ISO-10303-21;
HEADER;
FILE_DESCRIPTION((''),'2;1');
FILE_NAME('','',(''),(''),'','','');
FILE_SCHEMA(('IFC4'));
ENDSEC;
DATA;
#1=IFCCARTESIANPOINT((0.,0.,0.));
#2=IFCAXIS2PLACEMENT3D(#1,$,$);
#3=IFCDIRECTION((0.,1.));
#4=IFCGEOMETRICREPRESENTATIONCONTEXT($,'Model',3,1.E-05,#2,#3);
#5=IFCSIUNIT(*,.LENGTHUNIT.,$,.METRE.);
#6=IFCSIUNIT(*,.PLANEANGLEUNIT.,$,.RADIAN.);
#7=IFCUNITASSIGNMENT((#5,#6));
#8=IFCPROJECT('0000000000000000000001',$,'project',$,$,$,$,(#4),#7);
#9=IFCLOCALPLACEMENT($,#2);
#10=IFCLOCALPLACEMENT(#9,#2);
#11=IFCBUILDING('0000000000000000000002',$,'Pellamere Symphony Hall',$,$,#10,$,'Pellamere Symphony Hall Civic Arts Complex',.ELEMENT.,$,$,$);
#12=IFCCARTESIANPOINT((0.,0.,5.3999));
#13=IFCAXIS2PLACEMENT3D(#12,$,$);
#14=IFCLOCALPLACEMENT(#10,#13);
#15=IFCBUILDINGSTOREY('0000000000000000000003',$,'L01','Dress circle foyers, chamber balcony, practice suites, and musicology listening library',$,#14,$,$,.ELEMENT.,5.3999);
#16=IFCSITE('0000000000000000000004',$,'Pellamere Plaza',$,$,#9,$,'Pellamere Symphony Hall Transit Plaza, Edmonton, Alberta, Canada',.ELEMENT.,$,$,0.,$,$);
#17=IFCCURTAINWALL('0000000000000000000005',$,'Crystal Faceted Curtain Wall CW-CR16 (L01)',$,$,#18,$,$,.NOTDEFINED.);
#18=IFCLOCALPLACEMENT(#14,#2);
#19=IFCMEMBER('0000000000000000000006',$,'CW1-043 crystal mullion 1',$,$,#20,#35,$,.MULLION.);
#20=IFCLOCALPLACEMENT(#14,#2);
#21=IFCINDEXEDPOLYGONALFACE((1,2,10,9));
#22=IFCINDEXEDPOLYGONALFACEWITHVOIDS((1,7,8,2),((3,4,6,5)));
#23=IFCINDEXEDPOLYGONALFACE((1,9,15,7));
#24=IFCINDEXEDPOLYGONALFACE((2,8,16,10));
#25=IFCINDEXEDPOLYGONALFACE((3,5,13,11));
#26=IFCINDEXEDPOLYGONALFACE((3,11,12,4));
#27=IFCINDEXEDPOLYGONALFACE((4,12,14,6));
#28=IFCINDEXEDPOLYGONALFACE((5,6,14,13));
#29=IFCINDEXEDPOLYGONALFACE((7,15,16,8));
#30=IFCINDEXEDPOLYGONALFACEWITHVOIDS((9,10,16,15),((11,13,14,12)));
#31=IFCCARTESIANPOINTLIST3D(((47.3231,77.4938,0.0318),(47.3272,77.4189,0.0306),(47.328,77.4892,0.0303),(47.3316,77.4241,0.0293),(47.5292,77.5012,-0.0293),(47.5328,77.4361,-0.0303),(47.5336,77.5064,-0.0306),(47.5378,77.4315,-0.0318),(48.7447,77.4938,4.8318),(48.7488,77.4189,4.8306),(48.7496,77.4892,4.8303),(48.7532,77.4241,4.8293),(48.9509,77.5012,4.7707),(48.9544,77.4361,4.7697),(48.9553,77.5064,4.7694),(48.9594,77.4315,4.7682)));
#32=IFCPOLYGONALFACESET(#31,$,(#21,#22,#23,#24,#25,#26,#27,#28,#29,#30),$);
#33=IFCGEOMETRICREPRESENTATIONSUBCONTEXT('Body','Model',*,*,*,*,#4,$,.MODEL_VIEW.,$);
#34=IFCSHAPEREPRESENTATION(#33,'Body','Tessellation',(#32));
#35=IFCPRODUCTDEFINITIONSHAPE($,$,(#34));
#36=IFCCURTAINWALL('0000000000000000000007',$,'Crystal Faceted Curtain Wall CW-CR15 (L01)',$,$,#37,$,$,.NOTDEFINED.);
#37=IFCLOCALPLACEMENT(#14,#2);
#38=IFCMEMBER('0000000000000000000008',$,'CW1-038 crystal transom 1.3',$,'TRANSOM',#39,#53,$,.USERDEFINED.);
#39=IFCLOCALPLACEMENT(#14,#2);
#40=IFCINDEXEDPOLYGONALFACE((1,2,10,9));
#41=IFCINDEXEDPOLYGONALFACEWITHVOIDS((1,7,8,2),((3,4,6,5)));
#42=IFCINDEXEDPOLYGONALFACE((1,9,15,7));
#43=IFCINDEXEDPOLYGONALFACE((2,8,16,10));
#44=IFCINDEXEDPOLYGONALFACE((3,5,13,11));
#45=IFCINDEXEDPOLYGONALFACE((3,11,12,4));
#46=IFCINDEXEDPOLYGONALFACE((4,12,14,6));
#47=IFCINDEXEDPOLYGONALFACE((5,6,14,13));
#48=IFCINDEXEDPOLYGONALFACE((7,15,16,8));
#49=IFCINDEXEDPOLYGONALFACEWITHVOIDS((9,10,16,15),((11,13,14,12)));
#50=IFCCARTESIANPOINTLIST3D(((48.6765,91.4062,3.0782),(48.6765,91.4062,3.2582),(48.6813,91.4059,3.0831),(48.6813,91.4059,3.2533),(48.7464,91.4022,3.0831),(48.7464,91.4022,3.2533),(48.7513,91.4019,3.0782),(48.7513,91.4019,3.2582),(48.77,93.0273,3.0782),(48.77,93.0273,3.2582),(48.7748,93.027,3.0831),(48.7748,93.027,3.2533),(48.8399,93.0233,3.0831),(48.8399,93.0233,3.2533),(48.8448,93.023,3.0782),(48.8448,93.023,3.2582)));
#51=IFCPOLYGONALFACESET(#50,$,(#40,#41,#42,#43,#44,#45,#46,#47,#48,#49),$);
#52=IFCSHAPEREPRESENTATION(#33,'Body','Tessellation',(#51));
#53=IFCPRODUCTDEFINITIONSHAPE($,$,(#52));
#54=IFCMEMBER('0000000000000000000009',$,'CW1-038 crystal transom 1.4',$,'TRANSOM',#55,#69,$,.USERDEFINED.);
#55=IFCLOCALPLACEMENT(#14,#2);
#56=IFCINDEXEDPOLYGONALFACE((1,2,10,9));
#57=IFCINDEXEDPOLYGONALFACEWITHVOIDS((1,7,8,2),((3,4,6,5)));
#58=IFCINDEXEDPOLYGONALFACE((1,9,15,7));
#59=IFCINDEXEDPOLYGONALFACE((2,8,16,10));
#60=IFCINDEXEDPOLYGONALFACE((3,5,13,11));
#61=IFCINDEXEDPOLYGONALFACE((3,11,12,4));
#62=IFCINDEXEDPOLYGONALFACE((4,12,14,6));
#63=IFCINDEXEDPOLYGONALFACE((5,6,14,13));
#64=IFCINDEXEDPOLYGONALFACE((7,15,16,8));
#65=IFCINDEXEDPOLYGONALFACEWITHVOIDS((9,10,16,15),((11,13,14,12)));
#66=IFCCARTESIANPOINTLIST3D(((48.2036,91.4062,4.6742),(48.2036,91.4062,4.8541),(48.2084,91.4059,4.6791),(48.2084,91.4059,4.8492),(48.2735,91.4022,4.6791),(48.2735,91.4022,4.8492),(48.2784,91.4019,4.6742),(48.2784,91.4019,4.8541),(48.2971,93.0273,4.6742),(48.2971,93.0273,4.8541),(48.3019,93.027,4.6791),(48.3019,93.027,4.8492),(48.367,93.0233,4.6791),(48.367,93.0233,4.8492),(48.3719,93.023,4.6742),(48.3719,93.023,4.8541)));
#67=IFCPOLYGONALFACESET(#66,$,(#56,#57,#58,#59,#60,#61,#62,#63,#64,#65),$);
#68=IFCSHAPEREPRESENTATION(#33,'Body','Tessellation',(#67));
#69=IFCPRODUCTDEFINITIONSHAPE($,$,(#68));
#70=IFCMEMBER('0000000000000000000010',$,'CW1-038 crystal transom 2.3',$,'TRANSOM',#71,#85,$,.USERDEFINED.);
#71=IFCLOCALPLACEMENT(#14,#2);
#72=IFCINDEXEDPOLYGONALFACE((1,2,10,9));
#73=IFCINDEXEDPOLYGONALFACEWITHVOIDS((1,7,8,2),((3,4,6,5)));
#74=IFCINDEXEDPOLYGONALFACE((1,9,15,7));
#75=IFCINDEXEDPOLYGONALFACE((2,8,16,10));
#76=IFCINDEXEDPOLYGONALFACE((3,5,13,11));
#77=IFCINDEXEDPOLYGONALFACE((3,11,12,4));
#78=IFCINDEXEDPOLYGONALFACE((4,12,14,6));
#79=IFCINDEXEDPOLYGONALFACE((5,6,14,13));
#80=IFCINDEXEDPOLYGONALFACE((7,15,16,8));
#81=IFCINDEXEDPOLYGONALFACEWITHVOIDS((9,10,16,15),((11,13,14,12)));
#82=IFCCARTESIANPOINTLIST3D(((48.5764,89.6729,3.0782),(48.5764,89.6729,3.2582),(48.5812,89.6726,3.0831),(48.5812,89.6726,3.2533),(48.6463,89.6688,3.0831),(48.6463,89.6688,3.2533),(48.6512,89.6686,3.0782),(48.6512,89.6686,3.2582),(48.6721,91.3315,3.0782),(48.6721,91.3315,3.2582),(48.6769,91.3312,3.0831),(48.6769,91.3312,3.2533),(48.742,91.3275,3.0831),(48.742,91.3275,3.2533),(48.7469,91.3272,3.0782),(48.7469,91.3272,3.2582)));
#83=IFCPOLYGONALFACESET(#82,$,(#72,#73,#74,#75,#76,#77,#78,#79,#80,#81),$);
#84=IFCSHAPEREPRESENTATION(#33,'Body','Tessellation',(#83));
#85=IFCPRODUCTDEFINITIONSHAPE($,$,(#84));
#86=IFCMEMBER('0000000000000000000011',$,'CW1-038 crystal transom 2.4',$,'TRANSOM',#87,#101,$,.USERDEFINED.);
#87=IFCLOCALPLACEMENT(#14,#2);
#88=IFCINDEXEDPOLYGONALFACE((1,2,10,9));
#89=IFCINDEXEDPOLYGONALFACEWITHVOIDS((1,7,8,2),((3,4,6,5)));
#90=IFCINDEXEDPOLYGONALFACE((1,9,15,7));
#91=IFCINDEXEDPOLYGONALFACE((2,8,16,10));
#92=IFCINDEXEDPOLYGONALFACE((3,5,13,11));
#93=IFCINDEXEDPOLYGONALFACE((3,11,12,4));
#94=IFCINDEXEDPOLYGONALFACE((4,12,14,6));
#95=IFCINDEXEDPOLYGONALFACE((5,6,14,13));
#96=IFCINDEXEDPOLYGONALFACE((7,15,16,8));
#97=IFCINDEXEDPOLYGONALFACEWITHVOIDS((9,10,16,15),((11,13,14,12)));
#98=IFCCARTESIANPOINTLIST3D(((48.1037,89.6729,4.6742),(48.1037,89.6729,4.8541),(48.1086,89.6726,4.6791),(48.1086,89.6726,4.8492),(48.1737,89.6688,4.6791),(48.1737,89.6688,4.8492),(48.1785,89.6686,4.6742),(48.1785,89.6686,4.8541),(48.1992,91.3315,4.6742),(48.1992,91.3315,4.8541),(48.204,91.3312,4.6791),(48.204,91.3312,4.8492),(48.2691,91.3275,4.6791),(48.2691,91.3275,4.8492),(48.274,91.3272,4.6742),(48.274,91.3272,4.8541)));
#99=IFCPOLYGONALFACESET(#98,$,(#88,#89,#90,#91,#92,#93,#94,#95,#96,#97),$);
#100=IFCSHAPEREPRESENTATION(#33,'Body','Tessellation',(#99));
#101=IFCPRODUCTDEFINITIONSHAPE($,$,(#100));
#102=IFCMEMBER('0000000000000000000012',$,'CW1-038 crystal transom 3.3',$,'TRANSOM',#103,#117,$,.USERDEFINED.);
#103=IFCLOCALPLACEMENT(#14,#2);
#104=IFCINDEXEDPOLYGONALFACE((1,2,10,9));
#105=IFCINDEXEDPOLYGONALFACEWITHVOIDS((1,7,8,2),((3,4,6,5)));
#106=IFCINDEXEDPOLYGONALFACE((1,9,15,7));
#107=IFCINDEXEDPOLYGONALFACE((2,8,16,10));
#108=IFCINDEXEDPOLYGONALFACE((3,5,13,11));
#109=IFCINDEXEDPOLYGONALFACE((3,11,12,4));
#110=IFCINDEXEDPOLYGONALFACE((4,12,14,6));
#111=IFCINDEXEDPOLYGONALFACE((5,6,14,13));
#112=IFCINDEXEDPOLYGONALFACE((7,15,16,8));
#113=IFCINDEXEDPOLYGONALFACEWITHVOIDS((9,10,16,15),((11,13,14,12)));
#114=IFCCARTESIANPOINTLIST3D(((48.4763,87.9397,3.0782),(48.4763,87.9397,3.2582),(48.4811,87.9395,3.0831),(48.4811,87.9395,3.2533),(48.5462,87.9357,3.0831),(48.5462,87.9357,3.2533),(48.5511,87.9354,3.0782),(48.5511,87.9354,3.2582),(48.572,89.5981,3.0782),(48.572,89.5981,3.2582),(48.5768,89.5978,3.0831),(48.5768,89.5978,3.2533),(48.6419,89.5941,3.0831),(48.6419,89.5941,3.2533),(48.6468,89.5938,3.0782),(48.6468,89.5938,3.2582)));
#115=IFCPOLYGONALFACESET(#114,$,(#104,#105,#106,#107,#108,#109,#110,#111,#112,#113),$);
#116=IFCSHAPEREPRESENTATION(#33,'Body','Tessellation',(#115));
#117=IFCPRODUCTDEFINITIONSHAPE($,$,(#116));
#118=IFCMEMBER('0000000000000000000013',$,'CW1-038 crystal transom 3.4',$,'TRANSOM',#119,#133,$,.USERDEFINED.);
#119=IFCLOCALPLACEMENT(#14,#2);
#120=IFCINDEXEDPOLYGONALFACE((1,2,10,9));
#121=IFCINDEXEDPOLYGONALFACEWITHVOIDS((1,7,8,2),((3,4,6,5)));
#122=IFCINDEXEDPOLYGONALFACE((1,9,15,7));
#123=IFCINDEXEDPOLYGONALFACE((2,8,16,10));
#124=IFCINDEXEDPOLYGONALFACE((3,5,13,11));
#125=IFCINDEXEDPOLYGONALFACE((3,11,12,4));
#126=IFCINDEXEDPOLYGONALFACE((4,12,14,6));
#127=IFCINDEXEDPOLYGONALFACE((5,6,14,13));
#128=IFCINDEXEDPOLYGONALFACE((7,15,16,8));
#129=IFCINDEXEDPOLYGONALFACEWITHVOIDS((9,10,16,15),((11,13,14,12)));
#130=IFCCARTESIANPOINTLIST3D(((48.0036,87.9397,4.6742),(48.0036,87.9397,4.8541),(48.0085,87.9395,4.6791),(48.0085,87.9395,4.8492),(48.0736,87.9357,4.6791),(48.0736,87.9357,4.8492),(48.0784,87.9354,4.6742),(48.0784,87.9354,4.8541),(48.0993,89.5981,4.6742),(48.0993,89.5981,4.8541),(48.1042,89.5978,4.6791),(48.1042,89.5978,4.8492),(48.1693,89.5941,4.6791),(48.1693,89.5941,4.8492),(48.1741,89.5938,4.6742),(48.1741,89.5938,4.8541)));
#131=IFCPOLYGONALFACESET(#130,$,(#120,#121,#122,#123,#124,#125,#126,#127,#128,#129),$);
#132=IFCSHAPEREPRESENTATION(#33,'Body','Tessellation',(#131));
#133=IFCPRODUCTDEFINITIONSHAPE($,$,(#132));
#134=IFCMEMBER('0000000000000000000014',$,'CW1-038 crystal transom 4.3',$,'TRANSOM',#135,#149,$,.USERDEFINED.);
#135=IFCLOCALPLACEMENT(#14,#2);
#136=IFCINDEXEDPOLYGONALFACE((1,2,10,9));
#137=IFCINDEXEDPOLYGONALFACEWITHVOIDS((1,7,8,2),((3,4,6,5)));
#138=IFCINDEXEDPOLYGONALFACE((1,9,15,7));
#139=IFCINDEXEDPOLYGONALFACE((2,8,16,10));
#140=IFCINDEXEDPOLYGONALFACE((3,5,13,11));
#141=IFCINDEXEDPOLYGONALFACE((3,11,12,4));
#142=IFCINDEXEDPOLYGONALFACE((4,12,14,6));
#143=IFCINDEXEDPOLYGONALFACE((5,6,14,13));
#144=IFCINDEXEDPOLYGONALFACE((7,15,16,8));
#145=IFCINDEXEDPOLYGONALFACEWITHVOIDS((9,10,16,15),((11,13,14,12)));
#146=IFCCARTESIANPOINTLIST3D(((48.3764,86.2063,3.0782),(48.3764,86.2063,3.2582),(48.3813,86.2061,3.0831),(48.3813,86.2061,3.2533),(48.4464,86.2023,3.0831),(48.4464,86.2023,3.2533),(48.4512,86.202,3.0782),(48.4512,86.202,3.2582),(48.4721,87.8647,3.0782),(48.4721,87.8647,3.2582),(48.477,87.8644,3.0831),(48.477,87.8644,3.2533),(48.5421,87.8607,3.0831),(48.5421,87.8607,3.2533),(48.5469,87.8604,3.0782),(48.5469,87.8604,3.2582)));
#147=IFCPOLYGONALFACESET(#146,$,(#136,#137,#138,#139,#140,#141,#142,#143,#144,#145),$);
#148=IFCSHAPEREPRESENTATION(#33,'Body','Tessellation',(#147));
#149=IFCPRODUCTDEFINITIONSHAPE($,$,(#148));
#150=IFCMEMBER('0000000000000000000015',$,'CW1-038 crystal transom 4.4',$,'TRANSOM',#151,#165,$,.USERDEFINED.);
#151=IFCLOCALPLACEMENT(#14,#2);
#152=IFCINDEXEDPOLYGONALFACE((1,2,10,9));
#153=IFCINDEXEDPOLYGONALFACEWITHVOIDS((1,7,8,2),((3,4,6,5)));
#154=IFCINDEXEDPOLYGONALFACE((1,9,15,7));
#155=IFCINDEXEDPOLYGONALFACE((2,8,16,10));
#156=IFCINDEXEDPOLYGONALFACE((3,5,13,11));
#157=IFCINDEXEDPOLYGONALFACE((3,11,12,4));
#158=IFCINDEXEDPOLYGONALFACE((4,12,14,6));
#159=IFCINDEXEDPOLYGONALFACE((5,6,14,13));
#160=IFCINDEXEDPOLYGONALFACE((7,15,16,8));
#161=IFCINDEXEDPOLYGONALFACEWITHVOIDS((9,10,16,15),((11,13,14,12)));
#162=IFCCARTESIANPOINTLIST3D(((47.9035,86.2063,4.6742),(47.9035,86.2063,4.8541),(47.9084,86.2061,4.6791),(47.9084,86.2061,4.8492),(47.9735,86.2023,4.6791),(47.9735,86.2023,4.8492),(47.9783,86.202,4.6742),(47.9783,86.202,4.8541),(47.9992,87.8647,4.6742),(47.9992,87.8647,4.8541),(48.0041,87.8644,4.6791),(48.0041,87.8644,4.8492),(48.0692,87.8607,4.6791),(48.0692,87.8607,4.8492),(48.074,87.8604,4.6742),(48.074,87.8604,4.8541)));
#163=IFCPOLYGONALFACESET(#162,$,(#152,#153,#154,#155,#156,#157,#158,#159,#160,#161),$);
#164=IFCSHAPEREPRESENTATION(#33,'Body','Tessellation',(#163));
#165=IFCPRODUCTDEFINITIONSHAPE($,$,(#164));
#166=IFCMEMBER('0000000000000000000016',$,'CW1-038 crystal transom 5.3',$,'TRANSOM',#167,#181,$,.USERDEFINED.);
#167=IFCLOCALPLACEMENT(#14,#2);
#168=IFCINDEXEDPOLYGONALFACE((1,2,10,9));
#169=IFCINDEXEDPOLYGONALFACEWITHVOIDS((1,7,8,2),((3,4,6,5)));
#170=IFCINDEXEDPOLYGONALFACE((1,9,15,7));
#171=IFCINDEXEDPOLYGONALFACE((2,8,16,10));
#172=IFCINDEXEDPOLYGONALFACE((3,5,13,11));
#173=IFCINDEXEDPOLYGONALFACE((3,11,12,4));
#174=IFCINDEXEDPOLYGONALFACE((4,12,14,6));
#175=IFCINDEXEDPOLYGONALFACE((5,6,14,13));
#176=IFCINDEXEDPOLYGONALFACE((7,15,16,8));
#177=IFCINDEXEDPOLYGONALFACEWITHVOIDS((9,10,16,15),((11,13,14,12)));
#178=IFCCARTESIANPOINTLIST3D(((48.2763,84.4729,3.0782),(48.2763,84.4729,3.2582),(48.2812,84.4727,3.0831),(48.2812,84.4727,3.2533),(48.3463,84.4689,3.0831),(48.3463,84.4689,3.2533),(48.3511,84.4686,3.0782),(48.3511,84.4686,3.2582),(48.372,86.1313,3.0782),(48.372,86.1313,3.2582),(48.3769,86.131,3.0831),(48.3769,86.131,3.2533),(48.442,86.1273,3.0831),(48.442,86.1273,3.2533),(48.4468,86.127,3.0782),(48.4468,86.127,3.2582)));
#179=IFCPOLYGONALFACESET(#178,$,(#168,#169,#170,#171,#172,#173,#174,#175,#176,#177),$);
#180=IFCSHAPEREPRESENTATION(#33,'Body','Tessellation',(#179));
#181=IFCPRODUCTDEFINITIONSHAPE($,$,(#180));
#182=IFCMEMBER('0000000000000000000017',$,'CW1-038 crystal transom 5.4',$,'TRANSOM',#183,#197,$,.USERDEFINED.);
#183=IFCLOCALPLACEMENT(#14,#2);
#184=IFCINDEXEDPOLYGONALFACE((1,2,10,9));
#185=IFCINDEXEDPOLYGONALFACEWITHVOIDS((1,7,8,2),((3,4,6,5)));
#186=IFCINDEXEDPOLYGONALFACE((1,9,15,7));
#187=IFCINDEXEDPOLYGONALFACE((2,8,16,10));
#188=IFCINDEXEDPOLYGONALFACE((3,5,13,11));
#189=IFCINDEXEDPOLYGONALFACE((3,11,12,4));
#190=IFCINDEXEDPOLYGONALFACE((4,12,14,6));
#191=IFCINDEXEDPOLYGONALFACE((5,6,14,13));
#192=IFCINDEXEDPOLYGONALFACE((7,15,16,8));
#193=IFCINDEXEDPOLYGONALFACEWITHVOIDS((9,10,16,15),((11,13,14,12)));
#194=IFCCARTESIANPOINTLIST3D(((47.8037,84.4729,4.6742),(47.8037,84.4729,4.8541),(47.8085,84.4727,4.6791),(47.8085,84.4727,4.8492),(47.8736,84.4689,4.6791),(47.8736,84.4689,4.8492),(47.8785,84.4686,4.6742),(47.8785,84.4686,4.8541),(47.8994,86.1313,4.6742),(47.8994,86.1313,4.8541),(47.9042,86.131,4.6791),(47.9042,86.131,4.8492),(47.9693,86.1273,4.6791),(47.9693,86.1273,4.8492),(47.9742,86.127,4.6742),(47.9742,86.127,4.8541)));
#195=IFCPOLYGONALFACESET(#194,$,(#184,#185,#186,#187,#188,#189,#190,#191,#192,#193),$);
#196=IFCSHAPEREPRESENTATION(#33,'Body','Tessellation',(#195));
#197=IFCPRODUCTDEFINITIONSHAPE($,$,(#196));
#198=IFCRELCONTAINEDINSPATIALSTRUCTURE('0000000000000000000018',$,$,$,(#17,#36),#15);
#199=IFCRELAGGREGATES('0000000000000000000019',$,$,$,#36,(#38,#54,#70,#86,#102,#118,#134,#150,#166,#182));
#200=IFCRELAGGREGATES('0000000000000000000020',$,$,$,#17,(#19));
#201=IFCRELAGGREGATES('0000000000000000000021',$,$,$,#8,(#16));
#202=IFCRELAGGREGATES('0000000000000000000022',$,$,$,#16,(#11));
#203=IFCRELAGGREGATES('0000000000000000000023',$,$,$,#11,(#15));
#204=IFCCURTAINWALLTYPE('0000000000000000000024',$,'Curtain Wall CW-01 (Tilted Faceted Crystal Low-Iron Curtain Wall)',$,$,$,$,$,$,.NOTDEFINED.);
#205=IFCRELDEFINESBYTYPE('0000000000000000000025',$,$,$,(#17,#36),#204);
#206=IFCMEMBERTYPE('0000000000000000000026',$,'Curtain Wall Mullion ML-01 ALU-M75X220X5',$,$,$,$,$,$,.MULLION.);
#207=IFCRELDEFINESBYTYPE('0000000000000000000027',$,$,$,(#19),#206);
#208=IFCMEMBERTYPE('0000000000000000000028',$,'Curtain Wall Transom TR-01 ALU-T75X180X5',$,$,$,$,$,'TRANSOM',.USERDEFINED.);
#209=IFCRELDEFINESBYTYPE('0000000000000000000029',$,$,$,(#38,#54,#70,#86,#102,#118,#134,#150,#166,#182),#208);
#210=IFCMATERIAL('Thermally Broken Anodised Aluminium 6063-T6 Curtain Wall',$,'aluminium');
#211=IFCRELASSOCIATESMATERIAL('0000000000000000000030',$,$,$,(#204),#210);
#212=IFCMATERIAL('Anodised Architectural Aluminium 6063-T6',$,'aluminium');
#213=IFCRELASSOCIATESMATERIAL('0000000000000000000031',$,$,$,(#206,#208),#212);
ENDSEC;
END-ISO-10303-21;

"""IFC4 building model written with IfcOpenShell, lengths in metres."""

from ifc_helpers import new_model, si_unit, direction, frame, origin, origin_2d, place, context, subcontext, project, spatial, hollow_rectangle, extrude, material, material_profile, profile_set, type_object, element, aggregate, save


model = new_model("IFC4")

# Units and contexts
model_context = context("Model", 3, precision=1e-05, world=origin(), true_north=direction((0.0, 1.0)))
body_context = subcontext(model_context, "Body", "Model", "MODEL_VIEW")
ifc_project = project(units=[si_unit("LENGTHUNIT", "METRE"), si_unit("PLANEANGLEUNIT", "RADIAN")], contexts=[model_context])

# Site, building, storey
site_placement = place(None, origin())
site = spatial("IfcSite", under=ifc_project, at=site_placement, Name="Pellamere Plaza", LongName="Pellamere Symphony Hall Transit Plaza, Edmonton, Alberta, Canada", CompositionType="ELEMENT", RefElevation=0.0)
building_placement = place(site_placement, origin())
building = spatial("IfcBuilding", under=site, at=building_placement, Name="Pellamere Symphony Hall", LongName="Pellamere Symphony Hall Civic Arts Complex", CompositionType="ELEMENT")
storey_placement = place(building_placement, frame((0.0, 0.0, 5.3999)))
storey = spatial("IfcBuildingStorey", under=building, at=storey_placement, Name="L01", Description="Dress circle foyers, chamber balcony, practice suites, and musicology listening library", CompositionType="ELEMENT", Elevation=5.3999)

# Curtain wall, member
ifc_material_1 = material(Name="Thermally Broken Anodised Aluminium 6063-T6 Curtain Wall", Category="aluminium")
curtain_wall_type = type_object("IfcCurtainWallType", Name="Curtain Wall CW-01 (Tilted Faceted Crystal Low-Iron Curtain Wall)", PredefinedType="NOTDEFINED", material=ifc_material_1)
curtain_wall_1_placement = place(storey_placement, origin())
curtain_wall_1 = element("IfcCurtainWall", 1, at=curtain_wall_1_placement, inside=storey, type_object=curtain_wall_type, Name="Crystal Faceted Curtain Wall CW-CR16 (L01)", PredefinedType="NOTDEFINED")
ifc_material_2 = material(Name="Anodised Architectural Aluminium 6063-T6", Category="aluminium")
ifc_material_profile_1 = material_profile(ifc_material_2, hollow_rectangle(XDim=0.075, YDim=0.22, WallThickness=0.0049, at=origin_2d()), Name="ALU-M75X220X5")
ifc_profile_set_1 = profile_set([ifc_material_profile_1], Name="Anodised Architectural Aluminium 6063-T6")
member_type_1 = type_object("IfcMemberType", Name="Curtain Wall Mullion ML-01 ALU-M75X220X5", PredefinedType="MULLION", material=ifc_profile_set_1)
member_1_placement = place(storey_placement, frame((47.4304, 77.4626, 0.0), z_axis=(0.283977, 0.0, 0.958831), x_axis=(-0.054875, 0.998361, 0.016252)))
member_1 = element("IfcMember", 2, at=member_1_placement, type_object=member_type_1, Name="CW1-043 crystal mullion 1", PredefinedType="MULLION", context=body_context, shape_type="SweptSolid", body=[
    extrude(hollow_rectangle(XDim=0.075, YDim=0.22, WallThickness=0.0049, at=origin_2d()), origin(), (0.0, 0.0, 1.0), 5.0061),
])

# Curtain wall, members
curtain_wall_2_placement = place(storey_placement, origin())
curtain_wall_2 = element("IfcCurtainWall", 3, at=curtain_wall_2_placement, inside=storey, type_object=curtain_wall_type, Name="Crystal Faceted Curtain Wall CW-CR15 (L01)", PredefinedType="NOTDEFINED")
ifc_material_profile_2 = material_profile(ifc_material_2, hollow_rectangle(XDim=0.075, YDim=0.1799, WallThickness=0.0049, at=origin_2d()), Name="ALU-T75X180X5")
ifc_profile_set_2 = profile_set([ifc_material_profile_2], Name="Anodised Architectural Aluminium 6063-T6")
member_type_2 = type_object("IfcMemberType", Name="Curtain Wall Transom TR-01 ALU-T75X180X5", ElementType="TRANSOM", PredefinedType="USERDEFINED", material=ifc_profile_set_2)
member_2_placement = place(storey_placement, frame((48.8074, 93.0251, 3.1682), z_axis=(-0.057585, -0.998341, 0.0), x_axis=(0.998341, -0.057585, 0.0)))
member_2 = element("IfcMember", 4, at=member_2_placement, type_object=member_type_2, Name="CW1-038 crystal transom 1.3", ObjectType="TRANSOM", PredefinedType="USERDEFINED", context=body_context, shape_type="SweptSolid", body=[
    extrude(hollow_rectangle(XDim=0.075, YDim=0.1799, WallThickness=0.0049, at=origin_2d()), origin(), (0.0, 0.0, 1.0), 1.6238),
])
member_3_placement = place(storey_placement, frame((48.3345, 93.0251, 4.7642), z_axis=(-0.057585, -0.998341, 0.0), x_axis=(0.998341, -0.057585, 0.0)))
member_3 = element("IfcMember", 5, at=member_3_placement, type_object=member_type_2, Name="CW1-038 crystal transom 1.4", ObjectType="TRANSOM", PredefinedType="USERDEFINED", context=body_context, shape_type="SweptSolid", body=[
    extrude(hollow_rectangle(XDim=0.075, YDim=0.1799, WallThickness=0.0049, at=origin_2d()), origin(), (0.0, 0.0, 1.0), 1.6238),
])
member_4_placement = place(storey_placement, frame((48.7095, 91.3293, 3.1682), z_axis=(-0.057602, -0.99834, 0.0), x_axis=(0.99834, -0.057602, 0.0)))
member_4 = element("IfcMember", 6, at=member_4_placement, type_object=member_type_2, Name="CW1-038 crystal transom 2.3", ObjectType="TRANSOM", PredefinedType="USERDEFINED", context=body_context, shape_type="SweptSolid", body=[
    extrude(hollow_rectangle(XDim=0.075, YDim=0.1799, WallThickness=0.0049, at=origin_2d()), origin(), (0.0, 0.0, 1.0), 1.6614),
])
member_5_placement = place(storey_placement, frame((48.2366, 91.3293, 4.7642), z_axis=(-0.057456, -0.998348, 0.0), x_axis=(0.998348, -0.057456, 0.0)))
member_5 = element("IfcMember", 7, at=member_5_placement, type_object=member_type_2, Name="CW1-038 crystal transom 2.4", ObjectType="TRANSOM", PredefinedType="USERDEFINED", context=body_context, shape_type="SweptSolid", body=[
    extrude(hollow_rectangle(XDim=0.075, YDim=0.1799, WallThickness=0.0049, at=origin_2d()), origin(), (0.0, 0.0, 1.0), 1.6614),
])
member_6_placement = place(storey_placement, frame((48.6094, 89.5959, 3.1682), z_axis=(-0.057611, -0.998339, 0.0), x_axis=(0.998339, -0.057611, 0.0)))
member_6 = element("IfcMember", 8, at=member_6_placement, type_object=member_type_2, Name="CW1-038 crystal transom 3.3", ObjectType="TRANSOM", PredefinedType="USERDEFINED", context=body_context, shape_type="SweptSolid", body=[
    extrude(hollow_rectangle(XDim=0.075, YDim=0.1799, WallThickness=0.0049, at=origin_2d()), origin(), (0.0, 0.0, 1.0), 1.6611),
])
member_7_placement = place(storey_placement, frame((48.1367, 89.5959, 4.7642), z_axis=(-0.057611, -0.998339, 0.0), x_axis=(0.998339, -0.057611, 0.0)))
member_7 = element("IfcMember", 9, at=member_7_placement, type_object=member_type_2, Name="CW1-038 crystal transom 3.4", ObjectType="TRANSOM", PredefinedType="USERDEFINED", context=body_context, shape_type="SweptSolid", body=[
    extrude(hollow_rectangle(XDim=0.075, YDim=0.1799, WallThickness=0.0049, at=origin_2d()), origin(), (0.0, 0.0, 1.0), 1.6611),
])
member_8_placement = place(storey_placement, frame((48.5095, 87.8625, 3.1682), z_axis=(-0.057611, -0.998339, 0.0), x_axis=(0.998339, -0.057611, 0.0)))
member_8 = element("IfcMember", 10, at=member_8_placement, type_object=member_type_2, Name="CW1-038 crystal transom 4.3", ObjectType="TRANSOM", PredefinedType="USERDEFINED", context=body_context, shape_type="SweptSolid", body=[
    extrude(hollow_rectangle(XDim=0.075, YDim=0.1799, WallThickness=0.0049, at=origin_2d()), origin(), (0.0, 0.0, 1.0), 1.6611),
])
member_9_placement = place(storey_placement, frame((48.0366, 87.8625, 4.7642), z_axis=(-0.057611, -0.998339, 0.0), x_axis=(0.998339, -0.057611, 0.0)))
member_9 = element("IfcMember", 11, at=member_9_placement, type_object=member_type_2, Name="CW1-038 crystal transom 4.4", ObjectType="TRANSOM", PredefinedType="USERDEFINED", context=body_context, shape_type="SweptSolid", body=[
    extrude(hollow_rectangle(XDim=0.075, YDim=0.1799, WallThickness=0.0049, at=origin_2d()), origin(), (0.0, 0.0, 1.0), 1.6611),
])
member_10_placement = place(storey_placement, frame((48.4094, 86.1292, 3.1682), z_axis=(-0.057611, -0.998339, 0.0), x_axis=(0.998339, -0.057611, 0.0)))
member_10 = element("IfcMember", 12, at=member_10_placement, type_object=member_type_2, Name="CW1-038 crystal transom 5.3", ObjectType="TRANSOM", PredefinedType="USERDEFINED", context=body_context, shape_type="SweptSolid", body=[
    extrude(hollow_rectangle(XDim=0.075, YDim=0.1799, WallThickness=0.0049, at=origin_2d()), origin(), (0.0, 0.0, 1.0), 1.6611),
])
member_11_placement = place(storey_placement, frame((47.9368, 86.1292, 4.7642), z_axis=(-0.057611, -0.998339, 0.0), x_axis=(0.998339, -0.057611, 0.0)))
member_11 = element("IfcMember", 13, at=member_11_placement, type_object=member_type_2, Name="CW1-038 crystal transom 5.4", ObjectType="TRANSOM", PredefinedType="USERDEFINED", context=body_context, shape_type="SweptSolid", body=[
    extrude(hollow_rectangle(XDim=0.075, YDim=0.1799, WallThickness=0.0049, at=origin_2d()), origin(), (0.0, 0.0, 1.0), 1.6611),
])

aggregate(curtain_wall_2, [member_2, member_3, member_4, member_5, member_6, member_7, member_8, member_9, member_10, member_11])
aggregate(curtain_wall_1, [member_1])

save(model, "model.ifc")
